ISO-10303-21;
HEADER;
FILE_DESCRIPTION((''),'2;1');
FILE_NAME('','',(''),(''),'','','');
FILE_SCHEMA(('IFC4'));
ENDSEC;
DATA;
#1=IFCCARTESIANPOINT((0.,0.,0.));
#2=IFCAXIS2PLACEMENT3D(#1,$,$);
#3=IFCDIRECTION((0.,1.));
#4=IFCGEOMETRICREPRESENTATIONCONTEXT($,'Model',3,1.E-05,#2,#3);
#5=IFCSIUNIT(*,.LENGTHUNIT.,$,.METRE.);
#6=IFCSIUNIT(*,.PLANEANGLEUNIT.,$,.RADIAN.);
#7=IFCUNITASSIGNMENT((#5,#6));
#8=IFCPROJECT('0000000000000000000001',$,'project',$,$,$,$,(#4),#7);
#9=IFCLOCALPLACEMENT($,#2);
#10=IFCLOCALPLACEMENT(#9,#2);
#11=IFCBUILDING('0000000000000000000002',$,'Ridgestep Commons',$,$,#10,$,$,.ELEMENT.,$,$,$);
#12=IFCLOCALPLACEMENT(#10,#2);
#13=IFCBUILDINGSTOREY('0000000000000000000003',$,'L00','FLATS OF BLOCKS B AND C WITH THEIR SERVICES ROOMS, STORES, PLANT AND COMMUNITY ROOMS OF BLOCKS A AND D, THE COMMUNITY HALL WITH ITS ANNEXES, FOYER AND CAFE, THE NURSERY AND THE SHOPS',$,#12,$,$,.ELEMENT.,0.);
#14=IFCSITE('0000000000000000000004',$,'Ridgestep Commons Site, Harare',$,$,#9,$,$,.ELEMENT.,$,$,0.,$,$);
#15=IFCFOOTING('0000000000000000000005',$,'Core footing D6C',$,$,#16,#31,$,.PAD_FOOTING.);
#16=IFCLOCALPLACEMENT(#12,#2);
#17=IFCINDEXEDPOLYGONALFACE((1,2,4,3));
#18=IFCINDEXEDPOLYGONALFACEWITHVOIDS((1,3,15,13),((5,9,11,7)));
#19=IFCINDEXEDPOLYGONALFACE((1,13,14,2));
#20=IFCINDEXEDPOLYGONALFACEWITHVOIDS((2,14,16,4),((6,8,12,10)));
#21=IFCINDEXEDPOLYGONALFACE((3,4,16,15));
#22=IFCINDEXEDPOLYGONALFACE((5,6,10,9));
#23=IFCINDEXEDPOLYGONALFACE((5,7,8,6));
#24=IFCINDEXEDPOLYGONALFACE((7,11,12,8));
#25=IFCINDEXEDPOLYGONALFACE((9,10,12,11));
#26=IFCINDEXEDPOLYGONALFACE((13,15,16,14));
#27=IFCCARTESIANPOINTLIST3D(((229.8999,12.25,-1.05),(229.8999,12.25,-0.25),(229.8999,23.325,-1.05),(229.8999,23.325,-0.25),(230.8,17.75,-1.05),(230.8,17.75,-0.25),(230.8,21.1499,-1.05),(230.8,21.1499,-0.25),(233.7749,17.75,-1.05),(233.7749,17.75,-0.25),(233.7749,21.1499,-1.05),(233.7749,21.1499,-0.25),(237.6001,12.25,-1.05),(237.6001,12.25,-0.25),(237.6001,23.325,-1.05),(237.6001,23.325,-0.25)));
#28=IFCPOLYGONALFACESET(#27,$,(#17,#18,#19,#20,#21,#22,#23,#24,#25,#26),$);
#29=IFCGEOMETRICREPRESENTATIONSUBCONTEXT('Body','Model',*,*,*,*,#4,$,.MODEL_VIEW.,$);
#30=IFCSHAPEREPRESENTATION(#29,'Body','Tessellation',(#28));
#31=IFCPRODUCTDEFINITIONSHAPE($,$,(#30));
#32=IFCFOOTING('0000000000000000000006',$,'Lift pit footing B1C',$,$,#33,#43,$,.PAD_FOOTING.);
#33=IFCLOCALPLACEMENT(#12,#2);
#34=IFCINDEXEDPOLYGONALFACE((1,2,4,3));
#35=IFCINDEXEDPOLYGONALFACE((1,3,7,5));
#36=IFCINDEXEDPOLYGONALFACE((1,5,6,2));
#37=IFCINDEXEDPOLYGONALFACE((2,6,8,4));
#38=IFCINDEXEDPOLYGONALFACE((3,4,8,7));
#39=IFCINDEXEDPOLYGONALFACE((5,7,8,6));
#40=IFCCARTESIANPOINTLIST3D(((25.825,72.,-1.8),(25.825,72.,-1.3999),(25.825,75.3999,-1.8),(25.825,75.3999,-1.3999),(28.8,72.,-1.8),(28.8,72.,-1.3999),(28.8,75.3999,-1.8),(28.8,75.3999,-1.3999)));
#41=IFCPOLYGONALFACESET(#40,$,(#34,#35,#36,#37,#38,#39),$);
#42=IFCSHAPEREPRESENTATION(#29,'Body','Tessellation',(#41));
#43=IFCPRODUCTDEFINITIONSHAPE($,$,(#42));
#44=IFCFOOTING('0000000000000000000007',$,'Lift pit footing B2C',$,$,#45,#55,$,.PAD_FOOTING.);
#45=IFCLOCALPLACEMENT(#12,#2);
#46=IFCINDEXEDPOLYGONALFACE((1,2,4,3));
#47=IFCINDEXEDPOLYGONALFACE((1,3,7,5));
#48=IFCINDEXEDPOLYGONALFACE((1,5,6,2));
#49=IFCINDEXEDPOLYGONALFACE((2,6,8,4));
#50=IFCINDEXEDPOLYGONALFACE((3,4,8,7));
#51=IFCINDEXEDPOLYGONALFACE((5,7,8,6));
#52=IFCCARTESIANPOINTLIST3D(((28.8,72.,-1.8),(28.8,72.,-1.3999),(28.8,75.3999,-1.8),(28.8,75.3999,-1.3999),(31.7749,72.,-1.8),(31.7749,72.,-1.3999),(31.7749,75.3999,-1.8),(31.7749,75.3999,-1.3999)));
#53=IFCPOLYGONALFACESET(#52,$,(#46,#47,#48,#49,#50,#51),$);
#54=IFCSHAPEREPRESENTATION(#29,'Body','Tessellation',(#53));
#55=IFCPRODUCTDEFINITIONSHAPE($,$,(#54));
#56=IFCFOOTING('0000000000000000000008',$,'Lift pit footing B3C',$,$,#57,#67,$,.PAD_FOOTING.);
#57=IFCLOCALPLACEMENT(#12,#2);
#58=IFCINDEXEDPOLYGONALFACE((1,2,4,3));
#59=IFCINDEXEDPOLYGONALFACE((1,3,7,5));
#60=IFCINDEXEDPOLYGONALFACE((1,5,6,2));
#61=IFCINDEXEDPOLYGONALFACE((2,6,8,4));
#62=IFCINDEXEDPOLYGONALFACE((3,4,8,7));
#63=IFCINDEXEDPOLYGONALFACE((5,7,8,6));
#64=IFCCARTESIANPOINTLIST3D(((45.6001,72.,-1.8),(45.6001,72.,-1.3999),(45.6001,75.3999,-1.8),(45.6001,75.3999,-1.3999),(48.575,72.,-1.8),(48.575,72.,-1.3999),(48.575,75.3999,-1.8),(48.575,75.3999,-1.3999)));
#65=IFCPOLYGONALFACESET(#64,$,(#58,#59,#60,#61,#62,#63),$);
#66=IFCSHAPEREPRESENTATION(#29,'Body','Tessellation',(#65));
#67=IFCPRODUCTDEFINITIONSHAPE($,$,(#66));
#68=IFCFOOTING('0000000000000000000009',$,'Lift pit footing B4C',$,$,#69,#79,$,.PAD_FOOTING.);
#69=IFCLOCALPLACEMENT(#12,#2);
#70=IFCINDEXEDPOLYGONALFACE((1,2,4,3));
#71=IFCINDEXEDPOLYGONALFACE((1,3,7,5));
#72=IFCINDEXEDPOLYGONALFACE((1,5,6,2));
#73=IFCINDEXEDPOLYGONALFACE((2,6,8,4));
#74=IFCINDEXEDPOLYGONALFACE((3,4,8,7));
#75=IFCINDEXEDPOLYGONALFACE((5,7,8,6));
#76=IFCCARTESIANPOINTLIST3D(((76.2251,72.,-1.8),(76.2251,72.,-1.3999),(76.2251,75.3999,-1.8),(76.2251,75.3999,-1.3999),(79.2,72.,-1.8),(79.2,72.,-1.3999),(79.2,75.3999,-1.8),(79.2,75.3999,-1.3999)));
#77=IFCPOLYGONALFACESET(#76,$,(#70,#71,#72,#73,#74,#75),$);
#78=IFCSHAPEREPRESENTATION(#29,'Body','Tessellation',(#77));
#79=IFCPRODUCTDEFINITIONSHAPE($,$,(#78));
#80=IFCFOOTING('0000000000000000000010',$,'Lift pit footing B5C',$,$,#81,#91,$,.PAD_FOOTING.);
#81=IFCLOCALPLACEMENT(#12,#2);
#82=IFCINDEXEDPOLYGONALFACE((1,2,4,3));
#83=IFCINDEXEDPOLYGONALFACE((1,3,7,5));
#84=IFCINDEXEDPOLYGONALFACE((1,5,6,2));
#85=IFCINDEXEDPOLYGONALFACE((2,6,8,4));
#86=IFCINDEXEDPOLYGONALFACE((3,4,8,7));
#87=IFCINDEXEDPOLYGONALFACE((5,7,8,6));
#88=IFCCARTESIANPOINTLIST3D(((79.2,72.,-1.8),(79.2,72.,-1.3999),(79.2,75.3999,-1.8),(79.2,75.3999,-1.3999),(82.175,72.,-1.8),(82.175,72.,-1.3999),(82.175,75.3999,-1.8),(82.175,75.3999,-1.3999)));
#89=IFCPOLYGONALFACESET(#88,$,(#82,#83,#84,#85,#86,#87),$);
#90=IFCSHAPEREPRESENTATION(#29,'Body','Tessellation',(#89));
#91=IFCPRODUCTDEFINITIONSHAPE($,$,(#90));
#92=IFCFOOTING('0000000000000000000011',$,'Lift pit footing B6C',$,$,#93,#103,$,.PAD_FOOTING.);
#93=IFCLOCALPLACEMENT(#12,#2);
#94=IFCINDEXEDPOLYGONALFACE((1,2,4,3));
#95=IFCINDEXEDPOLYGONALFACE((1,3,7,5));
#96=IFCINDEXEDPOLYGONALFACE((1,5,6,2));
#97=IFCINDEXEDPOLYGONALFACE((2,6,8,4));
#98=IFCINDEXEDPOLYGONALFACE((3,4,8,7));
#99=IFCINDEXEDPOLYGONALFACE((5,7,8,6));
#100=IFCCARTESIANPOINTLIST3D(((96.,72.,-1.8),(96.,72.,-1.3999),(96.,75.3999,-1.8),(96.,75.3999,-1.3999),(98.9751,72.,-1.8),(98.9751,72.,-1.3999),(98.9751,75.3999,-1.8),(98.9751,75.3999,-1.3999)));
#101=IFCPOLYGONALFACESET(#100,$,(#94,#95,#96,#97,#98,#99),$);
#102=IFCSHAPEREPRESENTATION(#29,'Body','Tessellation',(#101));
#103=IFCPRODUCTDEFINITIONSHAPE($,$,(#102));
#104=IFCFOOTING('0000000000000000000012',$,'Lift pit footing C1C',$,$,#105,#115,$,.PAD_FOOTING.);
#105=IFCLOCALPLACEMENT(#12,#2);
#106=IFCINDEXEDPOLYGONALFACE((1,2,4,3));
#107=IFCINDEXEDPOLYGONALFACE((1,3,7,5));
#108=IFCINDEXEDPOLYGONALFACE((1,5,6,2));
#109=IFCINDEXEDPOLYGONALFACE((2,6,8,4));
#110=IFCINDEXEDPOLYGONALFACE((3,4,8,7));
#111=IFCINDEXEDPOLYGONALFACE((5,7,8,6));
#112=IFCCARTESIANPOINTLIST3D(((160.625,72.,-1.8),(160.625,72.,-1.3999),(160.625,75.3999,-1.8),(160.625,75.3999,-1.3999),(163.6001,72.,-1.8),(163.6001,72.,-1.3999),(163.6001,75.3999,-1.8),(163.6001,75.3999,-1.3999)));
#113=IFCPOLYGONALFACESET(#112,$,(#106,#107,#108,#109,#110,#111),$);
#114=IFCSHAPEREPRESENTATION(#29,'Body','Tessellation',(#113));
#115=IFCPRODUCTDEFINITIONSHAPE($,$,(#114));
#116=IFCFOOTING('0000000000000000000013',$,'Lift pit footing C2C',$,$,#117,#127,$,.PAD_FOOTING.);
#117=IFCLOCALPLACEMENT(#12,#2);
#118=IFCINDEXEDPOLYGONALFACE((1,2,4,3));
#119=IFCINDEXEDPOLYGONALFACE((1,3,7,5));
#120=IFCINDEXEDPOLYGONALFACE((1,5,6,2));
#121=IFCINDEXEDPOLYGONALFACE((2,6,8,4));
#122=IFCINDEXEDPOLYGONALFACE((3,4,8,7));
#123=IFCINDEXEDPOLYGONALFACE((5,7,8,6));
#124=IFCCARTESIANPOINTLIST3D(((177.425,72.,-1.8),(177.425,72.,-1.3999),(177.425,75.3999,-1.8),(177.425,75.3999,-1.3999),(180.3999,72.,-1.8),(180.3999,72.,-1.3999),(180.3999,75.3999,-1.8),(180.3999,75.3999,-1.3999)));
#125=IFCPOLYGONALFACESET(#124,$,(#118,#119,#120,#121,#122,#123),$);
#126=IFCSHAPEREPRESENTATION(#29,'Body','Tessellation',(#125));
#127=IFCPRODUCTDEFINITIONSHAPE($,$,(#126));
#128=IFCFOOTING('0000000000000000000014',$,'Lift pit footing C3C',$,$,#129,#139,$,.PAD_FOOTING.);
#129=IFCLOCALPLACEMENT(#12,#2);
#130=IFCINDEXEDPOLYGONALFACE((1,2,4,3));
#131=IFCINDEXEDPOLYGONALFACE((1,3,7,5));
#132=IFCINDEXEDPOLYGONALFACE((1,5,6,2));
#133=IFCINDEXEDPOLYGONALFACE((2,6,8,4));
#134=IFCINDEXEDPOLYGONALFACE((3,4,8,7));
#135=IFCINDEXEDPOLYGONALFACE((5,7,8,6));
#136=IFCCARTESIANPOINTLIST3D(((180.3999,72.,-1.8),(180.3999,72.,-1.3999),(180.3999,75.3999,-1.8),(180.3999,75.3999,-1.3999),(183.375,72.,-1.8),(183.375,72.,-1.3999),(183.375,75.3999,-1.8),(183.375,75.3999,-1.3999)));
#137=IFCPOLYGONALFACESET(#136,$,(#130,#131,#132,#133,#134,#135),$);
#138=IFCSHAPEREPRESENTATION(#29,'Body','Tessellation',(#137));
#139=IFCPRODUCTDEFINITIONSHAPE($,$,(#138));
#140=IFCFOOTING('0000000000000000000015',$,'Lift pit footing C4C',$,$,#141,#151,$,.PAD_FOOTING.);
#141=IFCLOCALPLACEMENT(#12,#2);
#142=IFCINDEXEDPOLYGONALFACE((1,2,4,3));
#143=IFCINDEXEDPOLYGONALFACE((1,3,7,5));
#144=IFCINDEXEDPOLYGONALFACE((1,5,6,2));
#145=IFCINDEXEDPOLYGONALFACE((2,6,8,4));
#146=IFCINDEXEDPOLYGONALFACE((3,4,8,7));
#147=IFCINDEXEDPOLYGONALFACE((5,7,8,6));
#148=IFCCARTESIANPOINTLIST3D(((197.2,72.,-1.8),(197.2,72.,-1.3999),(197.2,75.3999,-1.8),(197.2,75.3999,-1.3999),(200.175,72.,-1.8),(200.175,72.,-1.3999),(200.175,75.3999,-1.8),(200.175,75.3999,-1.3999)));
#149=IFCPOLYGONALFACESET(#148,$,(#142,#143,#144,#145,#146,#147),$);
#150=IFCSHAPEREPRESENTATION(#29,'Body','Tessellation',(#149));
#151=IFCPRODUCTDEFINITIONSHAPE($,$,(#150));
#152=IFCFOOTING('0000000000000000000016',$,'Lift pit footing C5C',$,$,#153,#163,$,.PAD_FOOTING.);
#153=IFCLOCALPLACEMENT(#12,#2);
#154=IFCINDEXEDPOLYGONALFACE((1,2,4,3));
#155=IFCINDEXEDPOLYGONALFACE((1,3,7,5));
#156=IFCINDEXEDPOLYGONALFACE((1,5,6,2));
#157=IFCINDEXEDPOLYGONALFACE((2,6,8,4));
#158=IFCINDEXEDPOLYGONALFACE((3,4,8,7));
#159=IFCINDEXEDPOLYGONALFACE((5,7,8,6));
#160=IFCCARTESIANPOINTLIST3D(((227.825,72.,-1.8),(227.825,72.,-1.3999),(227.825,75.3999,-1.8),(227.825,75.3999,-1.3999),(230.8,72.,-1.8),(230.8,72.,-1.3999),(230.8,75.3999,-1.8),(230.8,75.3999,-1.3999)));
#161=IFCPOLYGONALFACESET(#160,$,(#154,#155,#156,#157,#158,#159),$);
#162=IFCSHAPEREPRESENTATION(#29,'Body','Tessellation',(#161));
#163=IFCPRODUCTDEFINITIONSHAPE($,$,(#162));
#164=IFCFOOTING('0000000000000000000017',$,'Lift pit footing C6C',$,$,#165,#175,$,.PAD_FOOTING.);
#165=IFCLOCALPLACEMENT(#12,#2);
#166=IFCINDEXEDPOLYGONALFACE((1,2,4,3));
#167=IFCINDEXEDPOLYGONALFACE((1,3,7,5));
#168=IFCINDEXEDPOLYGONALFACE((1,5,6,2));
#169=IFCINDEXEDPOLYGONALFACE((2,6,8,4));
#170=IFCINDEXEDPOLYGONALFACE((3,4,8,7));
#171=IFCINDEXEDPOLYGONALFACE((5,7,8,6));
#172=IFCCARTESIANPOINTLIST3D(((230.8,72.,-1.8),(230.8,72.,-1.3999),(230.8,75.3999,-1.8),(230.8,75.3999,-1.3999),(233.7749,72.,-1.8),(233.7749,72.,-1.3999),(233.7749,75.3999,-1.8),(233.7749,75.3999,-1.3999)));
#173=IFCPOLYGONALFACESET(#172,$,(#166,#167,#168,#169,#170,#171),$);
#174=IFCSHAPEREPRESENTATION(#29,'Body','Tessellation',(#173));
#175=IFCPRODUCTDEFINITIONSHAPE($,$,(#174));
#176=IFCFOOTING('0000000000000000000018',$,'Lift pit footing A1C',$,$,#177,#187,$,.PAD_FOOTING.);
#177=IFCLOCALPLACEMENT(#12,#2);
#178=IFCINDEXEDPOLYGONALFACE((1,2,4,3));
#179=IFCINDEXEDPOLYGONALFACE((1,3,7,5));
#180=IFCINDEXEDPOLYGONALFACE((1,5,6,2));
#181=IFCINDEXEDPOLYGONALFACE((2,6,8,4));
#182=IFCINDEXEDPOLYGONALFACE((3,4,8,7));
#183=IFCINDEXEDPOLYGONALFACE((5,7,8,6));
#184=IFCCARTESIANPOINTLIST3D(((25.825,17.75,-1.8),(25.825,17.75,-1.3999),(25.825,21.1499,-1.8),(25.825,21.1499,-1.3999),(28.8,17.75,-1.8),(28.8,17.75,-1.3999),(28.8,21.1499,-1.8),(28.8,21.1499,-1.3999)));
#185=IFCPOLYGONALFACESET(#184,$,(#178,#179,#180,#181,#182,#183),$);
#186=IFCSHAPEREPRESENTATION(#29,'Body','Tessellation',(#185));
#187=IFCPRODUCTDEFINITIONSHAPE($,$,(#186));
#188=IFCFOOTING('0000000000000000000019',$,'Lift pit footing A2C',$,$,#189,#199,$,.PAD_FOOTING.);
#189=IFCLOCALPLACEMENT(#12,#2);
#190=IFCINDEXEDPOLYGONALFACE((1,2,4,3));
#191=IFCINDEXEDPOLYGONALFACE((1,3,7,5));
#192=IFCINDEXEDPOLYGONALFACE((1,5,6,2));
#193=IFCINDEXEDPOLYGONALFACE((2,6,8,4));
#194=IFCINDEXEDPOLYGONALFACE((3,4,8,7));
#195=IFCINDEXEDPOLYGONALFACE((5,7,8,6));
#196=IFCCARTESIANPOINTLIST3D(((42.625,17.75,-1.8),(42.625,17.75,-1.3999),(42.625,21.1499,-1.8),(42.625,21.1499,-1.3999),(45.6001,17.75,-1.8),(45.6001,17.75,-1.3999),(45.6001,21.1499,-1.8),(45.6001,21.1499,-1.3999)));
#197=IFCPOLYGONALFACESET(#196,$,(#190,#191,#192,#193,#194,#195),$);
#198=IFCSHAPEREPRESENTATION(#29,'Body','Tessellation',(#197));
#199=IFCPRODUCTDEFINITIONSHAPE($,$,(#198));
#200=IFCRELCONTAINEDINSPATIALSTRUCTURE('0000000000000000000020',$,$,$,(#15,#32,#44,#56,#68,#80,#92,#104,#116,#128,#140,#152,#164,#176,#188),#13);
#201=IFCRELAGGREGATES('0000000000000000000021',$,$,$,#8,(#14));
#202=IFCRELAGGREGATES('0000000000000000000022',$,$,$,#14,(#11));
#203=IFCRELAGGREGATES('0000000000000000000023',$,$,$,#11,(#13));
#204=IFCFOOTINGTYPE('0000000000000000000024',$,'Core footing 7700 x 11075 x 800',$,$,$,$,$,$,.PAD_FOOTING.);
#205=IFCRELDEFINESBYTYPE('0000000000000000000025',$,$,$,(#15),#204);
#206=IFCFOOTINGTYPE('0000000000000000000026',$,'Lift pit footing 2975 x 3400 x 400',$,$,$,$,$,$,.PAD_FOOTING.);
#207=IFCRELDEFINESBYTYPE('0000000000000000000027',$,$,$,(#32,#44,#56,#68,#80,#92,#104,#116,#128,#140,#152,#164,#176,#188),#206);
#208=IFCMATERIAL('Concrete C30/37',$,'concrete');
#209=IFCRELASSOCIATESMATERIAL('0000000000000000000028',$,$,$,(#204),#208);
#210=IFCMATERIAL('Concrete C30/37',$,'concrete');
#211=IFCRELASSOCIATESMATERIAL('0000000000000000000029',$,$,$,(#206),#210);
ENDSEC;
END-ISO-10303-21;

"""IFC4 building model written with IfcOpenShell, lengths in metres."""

from ifc_helpers import new_model, si_unit, direction, frame, origin, place, context, subcontext, project, spatial, polyline, outline, extrude, material, type_object, element, save


model = new_model("IFC4")

# Units and contexts
model_context = context("Model", 3, precision=1e-05, world=origin(), true_north=direction((0.0, 1.0)))
body_context = subcontext(model_context, "Body", "Model", "MODEL_VIEW")
ifc_project = project(units=[si_unit("LENGTHUNIT", "METRE"), si_unit("PLANEANGLEUNIT", "RADIAN")], contexts=[model_context])

# Site, building, storey
site_placement = place(None, origin())
site = spatial("IfcSite", under=ifc_project, at=site_placement, Name="Ridgestep Commons Site, Harare", CompositionType="ELEMENT", RefElevation=0.0)
building_placement = place(site_placement, origin())
building = spatial("IfcBuilding", under=site, at=building_placement, Name="Ridgestep Commons", CompositionType="ELEMENT")
storey_placement = place(building_placement, origin())
storey = spatial("IfcBuildingStorey", under=building, at=storey_placement, Name="L00", Description="FLATS OF BLOCKS B AND C WITH THEIR SERVICES ROOMS, STORES, PLANT AND COMMUNITY ROOMS OF BLOCKS A AND D, THE COMMUNITY HALL WITH ITS ANNEXES, FOYER AND CAFE, THE NURSERY AND THE SHOPS", CompositionType="ELEMENT", Elevation=0.0)

# Footings
ifc_material_1 = material(Name="Concrete C30/37", Category="concrete")
footing_type_1 = type_object("IfcFootingType", Name="Core footing 7700 x 11075 x 800", PredefinedType="PAD_FOOTING", material=ifc_material_1)
footing_1_placement = place(storey_placement, frame((0.0, 0.0, -1.05)))
element("IfcFooting", 1, at=footing_1_placement, inside=storey, type_object=footing_type_1, Name="Core footing D6C", PredefinedType="PAD_FOOTING", context=body_context, shape_type="SweptSolid", body=[
    extrude(outline(polyline([(229.8999, 12.25), (237.6001, 12.25), (237.6001, 23.325), (229.8999, 23.325), (229.8999, 12.25)]), holes=[polyline([(233.7749, 21.1499), (233.7749, 17.75), (230.8, 17.75), (230.8, 21.1499), (233.7749, 21.1499)])]), origin(), (0.0, 0.0, 1.0), 0.8),
])
ifc_material_2 = material(Name="Concrete C30/37", Category="concrete")
footing_type_2 = type_object("IfcFootingType", Name="Lift pit footing 2975 x 3400 x 400", PredefinedType="PAD_FOOTING", material=ifc_material_2)
footing_2_placement = place(storey_placement, frame((0.0, 0.0, -1.8)))
element("IfcFooting", 2, at=footing_2_placement, inside=storey, type_object=footing_type_2, Name="Lift pit footing B1C", PredefinedType="PAD_FOOTING", context=body_context, shape_type="SweptSolid", body=[
    extrude(outline(polyline([(28.8, 72.0), (28.8, 75.3999), (25.825, 75.3999), (25.825, 72.0), (28.8, 72.0)])), origin(), (0.0, 0.0, 1.0), 0.4001),
])
footing_3_placement = place(storey_placement, frame((0.0, 0.0, -1.8)))
element("IfcFooting", 3, at=footing_3_placement, inside=storey, type_object=footing_type_2, Name="Lift pit footing B2C", PredefinedType="PAD_FOOTING", context=body_context, shape_type="SweptSolid", body=[
    extrude(outline(polyline([(31.7749, 72.0), (31.7749, 75.3999), (28.8, 75.3999), (28.8, 72.0), (31.7749, 72.0)])), origin(), (0.0, 0.0, 1.0), 0.4001),
])
footing_4_placement = place(storey_placement, frame((0.0, 0.0, -1.8)))
element("IfcFooting", 4, at=footing_4_placement, inside=storey, type_object=footing_type_2, Name="Lift pit footing B3C", PredefinedType="PAD_FOOTING", context=body_context, shape_type="SweptSolid", body=[
    extrude(outline(polyline([(48.575, 72.0), (48.575, 75.3999), (45.6001, 75.3999), (45.6001, 72.0), (48.575, 72.0)])), origin(), (0.0, 0.0, 1.0), 0.4001),
])
footing_5_placement = place(storey_placement, frame((0.0, 0.0, -1.8)))
element("IfcFooting", 5, at=footing_5_placement, inside=storey, type_object=footing_type_2, Name="Lift pit footing B4C", PredefinedType="PAD_FOOTING", context=body_context, shape_type="SweptSolid", body=[
    extrude(outline(polyline([(79.2, 72.0), (79.2, 75.3999), (76.2251, 75.3999), (76.2251, 72.0), (79.2, 72.0)])), origin(), (0.0, 0.0, 1.0), 0.4001),
])
footing_6_placement = place(storey_placement, frame((0.0, 0.0, -1.8)))
element("IfcFooting", 6, at=footing_6_placement, inside=storey, type_object=footing_type_2, Name="Lift pit footing B5C", PredefinedType="PAD_FOOTING", context=body_context, shape_type="SweptSolid", body=[
    extrude(outline(polyline([(82.175, 72.0), (82.175, 75.3999), (79.2, 75.3999), (79.2, 72.0), (82.175, 72.0)])), origin(), (0.0, 0.0, 1.0), 0.4001),
])
footing_7_placement = place(storey_placement, frame((0.0, 0.0, -1.8)))
element("IfcFooting", 7, at=footing_7_placement, inside=storey, type_object=footing_type_2, Name="Lift pit footing B6C", PredefinedType="PAD_FOOTING", context=body_context, shape_type="SweptSolid", body=[
    extrude(outline(polyline([(98.9751, 72.0), (98.9751, 75.3999), (96.0, 75.3999), (96.0, 72.0), (98.9751, 72.0)])), origin(), (0.0, 0.0, 1.0), 0.4001),
])
footing_8_placement = place(storey_placement, frame((0.0, 0.0, -1.8)))
element("IfcFooting", 8, at=footing_8_placement, inside=storey, type_object=footing_type_2, Name="Lift pit footing C1C", PredefinedType="PAD_FOOTING", context=body_context, shape_type="SweptSolid", body=[
    extrude(outline(polyline([(163.6001, 72.0), (163.6001, 75.3999), (160.625, 75.3999), (160.625, 72.0), (163.6001, 72.0)])), origin(), (0.0, 0.0, 1.0), 0.4001),
])
footing_9_placement = place(storey_placement, frame((0.0, 0.0, -1.8)))
element("IfcFooting", 9, at=footing_9_placement, inside=storey, type_object=footing_type_2, Name="Lift pit footing C2C", PredefinedType="PAD_FOOTING", context=body_context, shape_type="SweptSolid", body=[
    extrude(outline(polyline([(180.3999, 72.0), (180.3999, 75.3999), (177.425, 75.3999), (177.425, 72.0), (180.3999, 72.0)])), origin(), (0.0, 0.0, 1.0), 0.4001),
])
footing_10_placement = place(storey_placement, frame((0.0, 0.0, -1.8)))
element("IfcFooting", 10, at=footing_10_placement, inside=storey, type_object=footing_type_2, Name="Lift pit footing C3C", PredefinedType="PAD_FOOTING", context=body_context, shape_type="SweptSolid", body=[
    extrude(outline(polyline([(183.375, 72.0), (183.375, 75.3999), (180.3999, 75.3999), (180.3999, 72.0), (183.375, 72.0)])), origin(), (0.0, 0.0, 1.0), 0.4001),
])
footing_11_placement = place(storey_placement, frame((0.0, 0.0, -1.8)))
element("IfcFooting", 11, at=footing_11_placement, inside=storey, type_object=footing_type_2, Name="Lift pit footing C4C", PredefinedType="PAD_FOOTING", context=body_context, shape_type="SweptSolid", body=[
    extrude(outline(polyline([(200.175, 72.0), (200.175, 75.3999), (197.2, 75.3999), (197.2, 72.0), (200.175, 72.0)])), origin(), (0.0, 0.0, 1.0), 0.4001),
])
footing_12_placement = place(storey_placement, frame((0.0, 0.0, -1.8)))
element("IfcFooting", 12, at=footing_12_placement, inside=storey, type_object=footing_type_2, Name="Lift pit footing C5C", PredefinedType="PAD_FOOTING", context=body_context, shape_type="SweptSolid", body=[
    extrude(outline(polyline([(230.8, 72.0), (230.8, 75.3999), (227.825, 75.3999), (227.825, 72.0), (230.8, 72.0)])), origin(), (0.0, 0.0, 1.0), 0.4001),
])
footing_13_placement = place(storey_placement, frame((0.0, 0.0, -1.8)))
element("IfcFooting", 13, at=footing_13_placement, inside=storey, type_object=footing_type_2, Name="Lift pit footing C6C", PredefinedType="PAD_FOOTING", context=body_context, shape_type="SweptSolid", body=[
    extrude(outline(polyline([(233.7749, 72.0), (233.7749, 75.3999), (230.8, 75.3999), (230.8, 72.0), (233.7749, 72.0)])), origin(), (0.0, 0.0, 1.0), 0.4001),
])
footing_14_placement = place(storey_placement, frame((0.0, 0.0, -1.8)))
element("IfcFooting", 14, at=footing_14_placement, inside=storey, type_object=footing_type_2, Name="Lift pit footing A1C", PredefinedType="PAD_FOOTING", context=body_context, shape_type="SweptSolid", body=[
    extrude(outline(polyline([(28.8, 17.75), (28.8, 21.1499), (25.825, 21.1499), (25.825, 17.75), (28.8, 17.75)])), origin(), (0.0, 0.0, 1.0), 0.4001),
])
footing_15_placement = place(storey_placement, frame((0.0, 0.0, -1.8)))
element("IfcFooting", 15, at=footing_15_placement, inside=storey, type_object=footing_type_2, Name="Lift pit footing A2C", PredefinedType="PAD_FOOTING", context=body_context, shape_type="SweptSolid", body=[
    extrude(outline(polyline([(45.6001, 17.75), (45.6001, 21.1499), (42.625, 21.1499), (42.625, 17.75), (45.6001, 17.75)])), origin(), (0.0, 0.0, 1.0), 0.4001),
])

save(model, "model.ifc")
